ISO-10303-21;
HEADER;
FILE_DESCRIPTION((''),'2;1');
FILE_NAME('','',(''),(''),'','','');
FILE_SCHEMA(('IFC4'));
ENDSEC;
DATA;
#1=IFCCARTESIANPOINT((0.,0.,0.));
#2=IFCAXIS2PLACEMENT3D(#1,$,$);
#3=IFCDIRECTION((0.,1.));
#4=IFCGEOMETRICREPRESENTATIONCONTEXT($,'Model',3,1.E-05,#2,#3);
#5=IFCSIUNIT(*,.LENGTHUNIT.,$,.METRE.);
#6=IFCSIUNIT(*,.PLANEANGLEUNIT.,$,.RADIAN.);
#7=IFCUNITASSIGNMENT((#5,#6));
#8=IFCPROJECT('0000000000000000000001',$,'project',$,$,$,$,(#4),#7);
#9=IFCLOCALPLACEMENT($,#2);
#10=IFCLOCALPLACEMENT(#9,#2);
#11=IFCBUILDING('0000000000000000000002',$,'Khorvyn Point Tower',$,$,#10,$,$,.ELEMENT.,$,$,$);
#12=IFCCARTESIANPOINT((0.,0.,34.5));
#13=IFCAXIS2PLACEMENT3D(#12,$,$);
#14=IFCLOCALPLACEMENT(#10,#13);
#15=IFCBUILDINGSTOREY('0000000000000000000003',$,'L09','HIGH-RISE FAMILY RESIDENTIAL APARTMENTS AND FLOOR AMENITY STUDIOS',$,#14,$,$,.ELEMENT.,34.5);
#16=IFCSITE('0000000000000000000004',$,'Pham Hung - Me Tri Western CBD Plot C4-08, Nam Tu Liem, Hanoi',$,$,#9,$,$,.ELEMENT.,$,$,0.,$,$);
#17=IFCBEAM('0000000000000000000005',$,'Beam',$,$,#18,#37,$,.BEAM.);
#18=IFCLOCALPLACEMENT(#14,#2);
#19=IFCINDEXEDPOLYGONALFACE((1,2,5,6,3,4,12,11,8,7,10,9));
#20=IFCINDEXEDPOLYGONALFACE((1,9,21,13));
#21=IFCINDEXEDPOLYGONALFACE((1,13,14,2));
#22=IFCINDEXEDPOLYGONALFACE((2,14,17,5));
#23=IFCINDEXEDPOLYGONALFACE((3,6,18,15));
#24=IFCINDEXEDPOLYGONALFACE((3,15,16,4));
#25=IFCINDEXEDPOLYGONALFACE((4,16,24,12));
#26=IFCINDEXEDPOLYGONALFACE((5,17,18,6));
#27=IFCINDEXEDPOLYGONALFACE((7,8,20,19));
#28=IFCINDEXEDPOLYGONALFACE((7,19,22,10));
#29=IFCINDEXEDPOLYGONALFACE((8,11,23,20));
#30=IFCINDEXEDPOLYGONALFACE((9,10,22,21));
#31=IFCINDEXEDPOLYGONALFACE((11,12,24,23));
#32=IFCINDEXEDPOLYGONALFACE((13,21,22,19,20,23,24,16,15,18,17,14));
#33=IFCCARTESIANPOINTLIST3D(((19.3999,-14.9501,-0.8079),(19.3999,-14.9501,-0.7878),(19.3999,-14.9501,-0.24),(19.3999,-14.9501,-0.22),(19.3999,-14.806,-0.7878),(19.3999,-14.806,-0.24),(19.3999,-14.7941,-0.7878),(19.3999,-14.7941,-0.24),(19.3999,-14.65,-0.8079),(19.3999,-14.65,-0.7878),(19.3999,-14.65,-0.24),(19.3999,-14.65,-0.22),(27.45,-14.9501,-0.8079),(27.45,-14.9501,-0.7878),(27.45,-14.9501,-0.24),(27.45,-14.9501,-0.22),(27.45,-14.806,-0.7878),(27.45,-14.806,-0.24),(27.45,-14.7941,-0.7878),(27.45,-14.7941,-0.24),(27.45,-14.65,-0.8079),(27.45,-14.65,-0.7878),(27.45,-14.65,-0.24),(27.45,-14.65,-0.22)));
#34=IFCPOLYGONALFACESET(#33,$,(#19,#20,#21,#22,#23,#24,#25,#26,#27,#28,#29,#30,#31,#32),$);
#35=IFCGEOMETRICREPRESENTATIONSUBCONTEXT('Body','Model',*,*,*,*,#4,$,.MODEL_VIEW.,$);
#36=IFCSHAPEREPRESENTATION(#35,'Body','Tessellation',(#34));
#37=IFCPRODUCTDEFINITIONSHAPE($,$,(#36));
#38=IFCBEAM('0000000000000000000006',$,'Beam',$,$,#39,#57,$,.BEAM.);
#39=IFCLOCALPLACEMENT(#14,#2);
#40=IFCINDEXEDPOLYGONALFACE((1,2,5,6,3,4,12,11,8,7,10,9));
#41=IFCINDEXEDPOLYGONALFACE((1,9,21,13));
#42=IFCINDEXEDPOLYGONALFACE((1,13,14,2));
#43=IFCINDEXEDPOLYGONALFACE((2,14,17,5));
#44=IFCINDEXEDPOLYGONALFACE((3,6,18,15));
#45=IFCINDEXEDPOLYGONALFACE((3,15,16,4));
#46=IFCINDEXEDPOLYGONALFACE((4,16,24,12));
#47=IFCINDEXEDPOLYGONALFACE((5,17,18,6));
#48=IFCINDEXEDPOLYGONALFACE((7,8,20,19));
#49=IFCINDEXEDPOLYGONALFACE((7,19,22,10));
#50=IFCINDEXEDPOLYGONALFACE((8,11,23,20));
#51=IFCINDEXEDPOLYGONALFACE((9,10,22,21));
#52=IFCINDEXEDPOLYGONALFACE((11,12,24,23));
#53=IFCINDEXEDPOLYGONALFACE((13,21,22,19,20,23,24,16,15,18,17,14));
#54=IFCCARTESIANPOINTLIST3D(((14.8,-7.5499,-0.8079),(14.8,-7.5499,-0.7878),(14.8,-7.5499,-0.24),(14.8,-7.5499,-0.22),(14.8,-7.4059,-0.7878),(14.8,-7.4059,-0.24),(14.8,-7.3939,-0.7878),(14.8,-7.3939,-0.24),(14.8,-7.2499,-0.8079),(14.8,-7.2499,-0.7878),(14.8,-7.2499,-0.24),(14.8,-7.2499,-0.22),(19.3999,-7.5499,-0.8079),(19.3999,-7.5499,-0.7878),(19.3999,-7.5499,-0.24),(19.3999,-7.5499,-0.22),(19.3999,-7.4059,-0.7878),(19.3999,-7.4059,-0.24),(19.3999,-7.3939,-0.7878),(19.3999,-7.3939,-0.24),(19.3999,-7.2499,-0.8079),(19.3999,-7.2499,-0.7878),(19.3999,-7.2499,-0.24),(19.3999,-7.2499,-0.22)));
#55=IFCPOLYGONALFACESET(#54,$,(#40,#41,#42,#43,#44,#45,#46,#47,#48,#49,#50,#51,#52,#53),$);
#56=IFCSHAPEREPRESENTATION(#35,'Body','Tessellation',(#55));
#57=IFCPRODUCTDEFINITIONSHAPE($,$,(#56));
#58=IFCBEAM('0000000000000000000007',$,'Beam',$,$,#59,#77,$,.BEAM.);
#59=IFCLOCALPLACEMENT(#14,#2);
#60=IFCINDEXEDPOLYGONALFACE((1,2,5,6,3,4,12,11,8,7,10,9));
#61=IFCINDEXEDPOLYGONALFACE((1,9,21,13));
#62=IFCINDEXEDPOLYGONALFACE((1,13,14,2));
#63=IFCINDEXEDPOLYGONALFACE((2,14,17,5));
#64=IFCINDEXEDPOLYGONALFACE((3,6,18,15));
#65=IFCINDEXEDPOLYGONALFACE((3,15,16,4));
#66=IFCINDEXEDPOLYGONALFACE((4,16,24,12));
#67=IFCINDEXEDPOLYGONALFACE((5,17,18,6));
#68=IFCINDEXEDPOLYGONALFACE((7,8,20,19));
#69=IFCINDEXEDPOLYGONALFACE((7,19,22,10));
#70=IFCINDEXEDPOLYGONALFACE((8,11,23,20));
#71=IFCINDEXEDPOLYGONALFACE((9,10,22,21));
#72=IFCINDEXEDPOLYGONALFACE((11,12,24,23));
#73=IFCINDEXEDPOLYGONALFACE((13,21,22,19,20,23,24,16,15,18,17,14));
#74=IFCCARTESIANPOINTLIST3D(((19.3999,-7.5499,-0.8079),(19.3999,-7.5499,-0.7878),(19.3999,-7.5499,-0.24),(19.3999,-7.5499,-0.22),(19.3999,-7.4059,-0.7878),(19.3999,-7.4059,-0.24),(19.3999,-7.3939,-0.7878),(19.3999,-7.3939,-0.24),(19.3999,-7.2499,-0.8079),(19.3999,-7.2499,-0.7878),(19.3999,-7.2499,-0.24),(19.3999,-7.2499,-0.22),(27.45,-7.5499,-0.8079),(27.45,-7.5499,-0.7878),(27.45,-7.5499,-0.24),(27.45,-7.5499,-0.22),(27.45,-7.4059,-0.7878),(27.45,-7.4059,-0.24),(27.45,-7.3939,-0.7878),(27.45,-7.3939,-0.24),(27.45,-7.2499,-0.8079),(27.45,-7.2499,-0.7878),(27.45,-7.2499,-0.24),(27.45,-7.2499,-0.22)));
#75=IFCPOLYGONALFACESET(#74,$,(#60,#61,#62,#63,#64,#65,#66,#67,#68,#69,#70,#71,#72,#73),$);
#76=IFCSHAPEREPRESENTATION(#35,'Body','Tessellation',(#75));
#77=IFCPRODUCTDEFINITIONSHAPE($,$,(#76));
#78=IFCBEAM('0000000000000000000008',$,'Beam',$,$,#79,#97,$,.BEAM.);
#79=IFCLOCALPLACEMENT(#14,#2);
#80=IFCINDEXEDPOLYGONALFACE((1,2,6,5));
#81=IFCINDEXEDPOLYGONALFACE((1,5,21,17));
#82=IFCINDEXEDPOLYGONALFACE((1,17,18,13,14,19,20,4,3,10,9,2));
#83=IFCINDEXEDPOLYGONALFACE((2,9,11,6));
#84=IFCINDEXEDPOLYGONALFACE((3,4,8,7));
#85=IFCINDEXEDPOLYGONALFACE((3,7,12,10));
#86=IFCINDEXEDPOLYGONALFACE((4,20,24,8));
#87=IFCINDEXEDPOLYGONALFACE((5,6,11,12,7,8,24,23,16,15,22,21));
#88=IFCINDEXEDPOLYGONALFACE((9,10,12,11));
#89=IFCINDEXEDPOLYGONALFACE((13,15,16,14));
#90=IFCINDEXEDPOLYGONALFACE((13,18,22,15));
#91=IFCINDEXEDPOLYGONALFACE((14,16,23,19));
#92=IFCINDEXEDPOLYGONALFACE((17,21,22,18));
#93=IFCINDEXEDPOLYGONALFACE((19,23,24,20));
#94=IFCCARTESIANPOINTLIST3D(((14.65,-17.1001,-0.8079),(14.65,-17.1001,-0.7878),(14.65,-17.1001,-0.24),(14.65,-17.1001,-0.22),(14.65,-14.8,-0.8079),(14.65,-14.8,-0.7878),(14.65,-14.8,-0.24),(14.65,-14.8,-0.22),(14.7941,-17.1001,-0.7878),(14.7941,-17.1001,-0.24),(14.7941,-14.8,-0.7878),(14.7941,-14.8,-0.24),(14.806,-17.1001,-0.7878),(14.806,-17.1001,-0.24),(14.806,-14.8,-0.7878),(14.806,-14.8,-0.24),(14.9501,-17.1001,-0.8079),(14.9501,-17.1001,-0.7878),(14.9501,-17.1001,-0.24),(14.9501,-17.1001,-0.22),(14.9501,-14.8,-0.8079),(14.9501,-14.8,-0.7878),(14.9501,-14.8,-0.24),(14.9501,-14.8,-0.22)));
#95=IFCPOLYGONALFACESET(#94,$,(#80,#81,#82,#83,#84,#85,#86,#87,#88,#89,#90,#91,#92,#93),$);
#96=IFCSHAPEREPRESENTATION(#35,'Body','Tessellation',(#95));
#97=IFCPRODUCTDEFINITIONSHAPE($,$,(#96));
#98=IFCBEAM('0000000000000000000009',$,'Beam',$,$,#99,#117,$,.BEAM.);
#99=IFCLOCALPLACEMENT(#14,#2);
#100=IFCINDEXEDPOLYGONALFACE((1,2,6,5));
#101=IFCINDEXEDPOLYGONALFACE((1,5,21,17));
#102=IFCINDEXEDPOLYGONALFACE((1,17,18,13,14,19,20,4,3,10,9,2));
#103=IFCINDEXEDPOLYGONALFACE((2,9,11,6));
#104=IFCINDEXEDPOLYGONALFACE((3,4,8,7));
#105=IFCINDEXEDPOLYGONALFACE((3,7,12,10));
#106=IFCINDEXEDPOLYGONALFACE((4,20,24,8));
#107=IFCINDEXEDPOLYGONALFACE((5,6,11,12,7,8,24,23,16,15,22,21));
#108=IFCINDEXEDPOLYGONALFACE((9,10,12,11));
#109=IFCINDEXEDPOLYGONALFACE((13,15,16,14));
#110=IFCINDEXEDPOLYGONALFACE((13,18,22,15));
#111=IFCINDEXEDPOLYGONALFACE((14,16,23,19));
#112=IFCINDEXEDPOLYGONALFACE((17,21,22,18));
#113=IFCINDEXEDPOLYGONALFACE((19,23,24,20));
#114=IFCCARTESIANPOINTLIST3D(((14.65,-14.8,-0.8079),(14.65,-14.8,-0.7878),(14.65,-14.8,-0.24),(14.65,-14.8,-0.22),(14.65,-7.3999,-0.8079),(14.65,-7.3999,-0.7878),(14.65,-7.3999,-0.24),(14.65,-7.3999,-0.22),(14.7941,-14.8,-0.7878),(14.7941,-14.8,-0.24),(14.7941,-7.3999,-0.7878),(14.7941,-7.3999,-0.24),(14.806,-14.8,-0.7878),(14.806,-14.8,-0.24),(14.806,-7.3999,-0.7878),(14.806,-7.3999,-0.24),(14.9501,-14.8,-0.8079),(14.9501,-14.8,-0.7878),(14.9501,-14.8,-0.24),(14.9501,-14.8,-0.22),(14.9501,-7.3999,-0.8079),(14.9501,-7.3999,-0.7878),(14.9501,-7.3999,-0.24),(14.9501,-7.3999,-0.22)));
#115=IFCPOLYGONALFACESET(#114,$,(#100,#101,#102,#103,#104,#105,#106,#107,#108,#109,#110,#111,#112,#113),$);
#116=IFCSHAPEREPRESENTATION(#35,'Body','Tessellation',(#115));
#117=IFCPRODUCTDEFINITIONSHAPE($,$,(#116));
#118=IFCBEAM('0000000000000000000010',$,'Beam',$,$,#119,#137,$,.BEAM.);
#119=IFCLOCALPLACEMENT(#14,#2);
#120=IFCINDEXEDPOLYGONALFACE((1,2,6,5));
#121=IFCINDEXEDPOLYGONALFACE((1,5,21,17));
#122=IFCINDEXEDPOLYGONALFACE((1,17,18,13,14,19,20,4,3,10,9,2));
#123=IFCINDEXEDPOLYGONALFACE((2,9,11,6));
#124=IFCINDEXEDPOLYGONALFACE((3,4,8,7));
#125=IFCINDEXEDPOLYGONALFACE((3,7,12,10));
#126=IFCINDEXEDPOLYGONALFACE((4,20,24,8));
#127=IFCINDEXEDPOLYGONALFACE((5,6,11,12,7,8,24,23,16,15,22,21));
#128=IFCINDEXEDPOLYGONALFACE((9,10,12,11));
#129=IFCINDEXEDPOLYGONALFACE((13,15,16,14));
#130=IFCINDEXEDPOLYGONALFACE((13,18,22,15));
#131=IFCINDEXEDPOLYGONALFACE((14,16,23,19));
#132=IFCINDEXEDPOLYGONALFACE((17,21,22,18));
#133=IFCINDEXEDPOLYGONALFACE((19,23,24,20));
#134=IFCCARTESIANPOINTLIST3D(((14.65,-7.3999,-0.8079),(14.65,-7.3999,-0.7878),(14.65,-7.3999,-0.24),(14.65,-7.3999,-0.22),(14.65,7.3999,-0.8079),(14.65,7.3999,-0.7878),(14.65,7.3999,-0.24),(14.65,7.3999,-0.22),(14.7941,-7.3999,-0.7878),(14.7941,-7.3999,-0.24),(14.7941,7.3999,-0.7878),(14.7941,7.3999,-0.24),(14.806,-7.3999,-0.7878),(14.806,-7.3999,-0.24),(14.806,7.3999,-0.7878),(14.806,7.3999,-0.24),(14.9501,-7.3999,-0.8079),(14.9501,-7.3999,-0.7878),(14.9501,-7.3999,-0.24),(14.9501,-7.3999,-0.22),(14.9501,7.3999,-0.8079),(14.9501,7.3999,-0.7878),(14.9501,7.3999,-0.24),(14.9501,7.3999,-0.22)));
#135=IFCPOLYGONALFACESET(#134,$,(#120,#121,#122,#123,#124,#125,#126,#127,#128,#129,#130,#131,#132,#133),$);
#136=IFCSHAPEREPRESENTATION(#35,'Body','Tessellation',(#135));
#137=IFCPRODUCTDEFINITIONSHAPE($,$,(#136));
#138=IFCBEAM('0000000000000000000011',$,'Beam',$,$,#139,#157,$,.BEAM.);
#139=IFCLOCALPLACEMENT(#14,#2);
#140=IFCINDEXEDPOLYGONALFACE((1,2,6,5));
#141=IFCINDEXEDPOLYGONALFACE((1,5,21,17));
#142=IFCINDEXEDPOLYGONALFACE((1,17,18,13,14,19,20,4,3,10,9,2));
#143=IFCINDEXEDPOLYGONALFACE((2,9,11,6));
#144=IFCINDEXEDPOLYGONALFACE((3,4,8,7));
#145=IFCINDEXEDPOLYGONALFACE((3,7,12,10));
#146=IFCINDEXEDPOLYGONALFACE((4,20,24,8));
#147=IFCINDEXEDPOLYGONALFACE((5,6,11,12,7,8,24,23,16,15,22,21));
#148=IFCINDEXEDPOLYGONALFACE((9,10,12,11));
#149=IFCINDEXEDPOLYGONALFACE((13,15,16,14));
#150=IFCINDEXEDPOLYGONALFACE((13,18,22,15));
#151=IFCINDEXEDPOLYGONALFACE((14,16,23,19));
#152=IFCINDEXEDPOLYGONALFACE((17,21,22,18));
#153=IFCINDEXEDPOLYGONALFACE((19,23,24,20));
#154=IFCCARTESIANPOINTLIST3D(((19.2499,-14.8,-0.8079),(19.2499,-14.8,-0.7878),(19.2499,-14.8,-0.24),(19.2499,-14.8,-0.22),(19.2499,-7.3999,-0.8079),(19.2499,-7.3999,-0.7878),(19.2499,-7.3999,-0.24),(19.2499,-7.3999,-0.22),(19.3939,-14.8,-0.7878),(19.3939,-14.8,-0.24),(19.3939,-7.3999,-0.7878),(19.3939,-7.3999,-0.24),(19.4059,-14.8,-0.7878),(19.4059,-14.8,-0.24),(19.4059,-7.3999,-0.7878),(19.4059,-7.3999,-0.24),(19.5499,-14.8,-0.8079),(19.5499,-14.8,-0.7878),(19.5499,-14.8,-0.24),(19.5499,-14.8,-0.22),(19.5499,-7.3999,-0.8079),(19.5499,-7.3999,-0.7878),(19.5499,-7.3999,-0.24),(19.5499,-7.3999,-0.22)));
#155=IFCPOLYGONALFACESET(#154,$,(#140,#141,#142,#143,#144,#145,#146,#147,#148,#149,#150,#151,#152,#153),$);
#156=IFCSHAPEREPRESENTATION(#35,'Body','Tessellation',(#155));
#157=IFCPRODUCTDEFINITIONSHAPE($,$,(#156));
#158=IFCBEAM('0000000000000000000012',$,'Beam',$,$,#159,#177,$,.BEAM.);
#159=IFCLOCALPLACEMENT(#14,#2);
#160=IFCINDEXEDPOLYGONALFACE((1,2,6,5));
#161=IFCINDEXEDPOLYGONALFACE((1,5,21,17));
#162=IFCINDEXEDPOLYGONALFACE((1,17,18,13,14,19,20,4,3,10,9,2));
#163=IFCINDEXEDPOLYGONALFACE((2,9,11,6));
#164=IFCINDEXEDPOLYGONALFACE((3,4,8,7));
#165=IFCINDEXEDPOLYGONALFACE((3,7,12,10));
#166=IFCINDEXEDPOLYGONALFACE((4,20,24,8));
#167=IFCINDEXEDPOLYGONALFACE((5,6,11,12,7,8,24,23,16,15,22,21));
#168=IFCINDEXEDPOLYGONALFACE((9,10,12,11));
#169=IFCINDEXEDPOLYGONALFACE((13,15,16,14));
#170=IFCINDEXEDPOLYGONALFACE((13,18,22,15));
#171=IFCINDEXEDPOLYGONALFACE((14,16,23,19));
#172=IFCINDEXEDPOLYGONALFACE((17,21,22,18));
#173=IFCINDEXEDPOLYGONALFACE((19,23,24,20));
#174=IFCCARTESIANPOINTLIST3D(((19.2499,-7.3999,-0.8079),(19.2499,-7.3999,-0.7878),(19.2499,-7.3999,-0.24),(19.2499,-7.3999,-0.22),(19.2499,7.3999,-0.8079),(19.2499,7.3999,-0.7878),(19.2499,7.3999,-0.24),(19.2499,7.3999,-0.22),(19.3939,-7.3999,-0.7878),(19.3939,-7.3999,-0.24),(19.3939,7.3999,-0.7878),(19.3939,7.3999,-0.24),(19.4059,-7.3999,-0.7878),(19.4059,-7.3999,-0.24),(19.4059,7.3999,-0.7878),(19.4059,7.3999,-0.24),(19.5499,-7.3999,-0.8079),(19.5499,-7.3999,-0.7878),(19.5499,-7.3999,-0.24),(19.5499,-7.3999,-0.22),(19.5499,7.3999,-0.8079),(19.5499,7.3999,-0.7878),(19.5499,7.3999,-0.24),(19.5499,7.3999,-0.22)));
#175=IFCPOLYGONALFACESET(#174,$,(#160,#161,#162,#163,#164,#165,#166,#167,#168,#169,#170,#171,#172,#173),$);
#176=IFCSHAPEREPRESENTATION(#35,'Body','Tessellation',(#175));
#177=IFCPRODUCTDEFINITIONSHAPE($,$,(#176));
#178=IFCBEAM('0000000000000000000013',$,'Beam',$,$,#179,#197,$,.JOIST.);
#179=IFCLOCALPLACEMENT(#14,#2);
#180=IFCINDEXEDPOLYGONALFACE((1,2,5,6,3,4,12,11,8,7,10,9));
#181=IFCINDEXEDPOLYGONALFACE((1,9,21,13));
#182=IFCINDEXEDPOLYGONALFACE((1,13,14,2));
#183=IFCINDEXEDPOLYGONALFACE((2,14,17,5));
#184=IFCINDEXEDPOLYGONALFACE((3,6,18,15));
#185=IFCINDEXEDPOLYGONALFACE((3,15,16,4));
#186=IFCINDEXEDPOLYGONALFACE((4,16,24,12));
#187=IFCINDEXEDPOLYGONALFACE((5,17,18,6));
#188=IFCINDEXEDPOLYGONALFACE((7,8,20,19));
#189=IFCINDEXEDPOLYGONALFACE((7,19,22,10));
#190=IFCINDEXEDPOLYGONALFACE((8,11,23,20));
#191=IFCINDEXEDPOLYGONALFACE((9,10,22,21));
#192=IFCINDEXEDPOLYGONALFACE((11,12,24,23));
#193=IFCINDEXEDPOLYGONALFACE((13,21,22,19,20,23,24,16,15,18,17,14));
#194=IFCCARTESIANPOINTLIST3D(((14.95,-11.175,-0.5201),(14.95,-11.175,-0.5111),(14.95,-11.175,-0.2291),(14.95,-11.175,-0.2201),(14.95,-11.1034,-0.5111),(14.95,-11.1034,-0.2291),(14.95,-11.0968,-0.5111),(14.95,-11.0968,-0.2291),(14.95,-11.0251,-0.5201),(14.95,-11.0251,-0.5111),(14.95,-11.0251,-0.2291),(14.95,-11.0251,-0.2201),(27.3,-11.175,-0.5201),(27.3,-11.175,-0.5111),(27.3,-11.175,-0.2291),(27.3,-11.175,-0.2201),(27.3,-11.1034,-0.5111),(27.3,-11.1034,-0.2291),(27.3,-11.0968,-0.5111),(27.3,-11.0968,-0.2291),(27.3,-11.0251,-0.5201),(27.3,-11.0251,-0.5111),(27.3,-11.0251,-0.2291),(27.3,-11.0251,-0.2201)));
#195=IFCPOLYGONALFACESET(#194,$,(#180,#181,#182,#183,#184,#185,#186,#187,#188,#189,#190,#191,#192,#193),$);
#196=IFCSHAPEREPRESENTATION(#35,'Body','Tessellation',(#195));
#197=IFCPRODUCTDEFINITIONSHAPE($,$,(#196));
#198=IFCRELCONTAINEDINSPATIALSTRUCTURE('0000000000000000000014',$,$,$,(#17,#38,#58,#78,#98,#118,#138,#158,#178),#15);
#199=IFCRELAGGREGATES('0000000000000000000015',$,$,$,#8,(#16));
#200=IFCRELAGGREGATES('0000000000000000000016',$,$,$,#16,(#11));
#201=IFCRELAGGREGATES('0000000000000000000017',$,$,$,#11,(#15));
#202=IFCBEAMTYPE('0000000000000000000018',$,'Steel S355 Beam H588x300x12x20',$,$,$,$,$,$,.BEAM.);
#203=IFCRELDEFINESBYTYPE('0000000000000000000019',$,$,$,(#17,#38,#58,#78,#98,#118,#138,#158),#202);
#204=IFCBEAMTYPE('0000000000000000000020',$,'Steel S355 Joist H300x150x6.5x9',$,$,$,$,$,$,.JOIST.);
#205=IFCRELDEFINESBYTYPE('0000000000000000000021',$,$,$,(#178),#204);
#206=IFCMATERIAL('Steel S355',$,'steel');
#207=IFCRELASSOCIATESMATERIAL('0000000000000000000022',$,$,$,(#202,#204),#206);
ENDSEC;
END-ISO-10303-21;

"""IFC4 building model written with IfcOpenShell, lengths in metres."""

from ifc_helpers import new_model, si_unit, direction, frame, origin, origin_2d, place, context, subcontext, project, spatial, i_section, extrude, material, material_profile, profile_set, type_object, element, save


model = new_model("IFC4")

# Units and contexts
model_context = context("Model", 3, precision=1e-05, world=origin(), true_north=direction((0.0, 1.0)))
body_context = subcontext(model_context, "Body", "Model", "MODEL_VIEW")
ifc_project = project(units=[si_unit("LENGTHUNIT", "METRE"), si_unit("PLANEANGLEUNIT", "RADIAN")], contexts=[model_context])

# Site, building, storey
site_placement = place(None, origin())
site = spatial("IfcSite", under=ifc_project, at=site_placement, Name="Pham Hung - Me Tri Western CBD Plot C4-08, Nam Tu Liem, Hanoi", CompositionType="ELEMENT", RefElevation=0.0)
building_placement = place(site_placement, origin())
building = spatial("IfcBuilding", under=site, at=building_placement, Name="Khorvyn Point Tower", CompositionType="ELEMENT")
storey_placement = place(building_placement, frame((0.0, 0.0, 34.5)))
storey = spatial("IfcBuildingStorey", under=building, at=storey_placement, Name="L09", Description="HIGH-RISE FAMILY RESIDENTIAL APARTMENTS AND FLOOR AMENITY STUDIOS", CompositionType="ELEMENT", Elevation=34.5)

# Beams
ifc_material_1 = material(Name="Steel S355", Category="steel")
ifc_material_profile_1 = material_profile(ifc_material_1, i_section(OverallWidth=0.3, OverallDepth=0.5879, WebThickness=0.012, FlangeThickness=0.02, at=origin_2d()))
ifc_profile_set_1 = profile_set([ifc_material_profile_1], Name="Steel S355 H588x300x12x20")
beam_type_1 = type_object("IfcBeamType", Name="Steel S355 Beam H588x300x12x20", PredefinedType="BEAM", material=ifc_profile_set_1)
beam_1_placement = place(storey_placement, frame((19.3999, -14.8, -0.5139), z_axis=(1.0, 0.0, 0.0), x_axis=(0.0, 1.0, 0.0)))
element("IfcBeam", 1, at=beam_1_placement, inside=storey, type_object=beam_type_1, Name="Beam", PredefinedType="BEAM", context=body_context, shape_type="SweptSolid", body=[
    extrude(i_section(OverallWidth=0.3, OverallDepth=0.5879, WebThickness=0.012, FlangeThickness=0.02, at=origin_2d()), origin(), (0.0, 0.0, 1.0), 8.05),
])
beam_2_placement = place(storey_placement, frame((14.8, -7.3999, -0.5139), z_axis=(1.0, 0.0, 0.0), x_axis=(0.0, 1.0, 0.0)))
element("IfcBeam", 2, at=beam_2_placement, inside=storey, type_object=beam_type_1, Name="Beam", PredefinedType="BEAM", context=body_context, shape_type="SweptSolid", body=[
    extrude(i_section(OverallWidth=0.3, OverallDepth=0.5879, WebThickness=0.012, FlangeThickness=0.02, at=origin_2d()), origin(), (0.0, 0.0, 1.0), 4.5999),
])
beam_3_placement = place(storey_placement, frame((19.3999, -7.3999, -0.5139), z_axis=(1.0, 0.0, 0.0), x_axis=(0.0, 1.0, 0.0)))
element("IfcBeam", 3, at=beam_3_placement, inside=storey, type_object=beam_type_1, Name="Beam", PredefinedType="BEAM", context=body_context, shape_type="SweptSolid", body=[
    extrude(i_section(OverallWidth=0.3, OverallDepth=0.5879, WebThickness=0.012, FlangeThickness=0.02, at=origin_2d()), origin(), (0.0, 0.0, 1.0), 8.05),
])
beam_4_placement = place(storey_placement, frame((14.8, -17.1001, -0.5139), z_axis=(0.0, 1.0, 0.0), x_axis=(-1.0, 0.0, 0.0)))
element("IfcBeam", 4, at=beam_4_placement, inside=storey, type_object=beam_type_1, Name="Beam", PredefinedType="BEAM", context=body_context, shape_type="SweptSolid", body=[
    extrude(i_section(OverallWidth=0.3, OverallDepth=0.5879, WebThickness=0.012, FlangeThickness=0.02, at=origin_2d()), origin(), (0.0, 0.0, 1.0), 2.3),
])
beam_5_placement = place(storey_placement, frame((14.8, -14.8, -0.5139), z_axis=(0.0, 1.0, 0.0), x_axis=(-1.0, 0.0, 0.0)))
element("IfcBeam", 5, at=beam_5_placement, inside=storey, type_object=beam_type_1, Name="Beam", PredefinedType="BEAM", context=body_context, shape_type="SweptSolid", body=[
    extrude(i_section(OverallWidth=0.3, OverallDepth=0.5879, WebThickness=0.012, FlangeThickness=0.02, at=origin_2d()), origin(), (0.0, 0.0, 1.0), 7.4001),
])
beam_6_placement = place(storey_placement, frame((14.8, -7.3999, -0.5139), z_axis=(0.0, 1.0, 0.0), x_axis=(-1.0, 0.0, 0.0)))
element("IfcBeam", 6, at=beam_6_placement, inside=storey, type_object=beam_type_1, Name="Beam", PredefinedType="BEAM", context=body_context, shape_type="SweptSolid", body=[
    extrude(i_section(OverallWidth=0.3, OverallDepth=0.5879, WebThickness=0.012, FlangeThickness=0.02, at=origin_2d()), origin(), (0.0, 0.0, 1.0), 14.7998),
])
beam_7_placement = place(storey_placement, frame((19.3999, -14.8, -0.5139), z_axis=(0.0, 1.0, 0.0), x_axis=(-1.0, 0.0, 0.0)))
element("IfcBeam", 7, at=beam_7_placement, inside=storey, type_object=beam_type_1, Name="Beam", PredefinedType="BEAM", context=body_context, shape_type="SweptSolid", body=[
    extrude(i_section(OverallWidth=0.3, OverallDepth=0.5879, WebThickness=0.012, FlangeThickness=0.02, at=origin_2d()), origin(), (0.0, 0.0, 1.0), 7.4001),
])
beam_8_placement = place(storey_placement, frame((19.3999, -7.3999, -0.5139), z_axis=(0.0, 1.0, 0.0), x_axis=(-1.0, 0.0, 0.0)))
element("IfcBeam", 8, at=beam_8_placement, inside=storey, type_object=beam_type_1, Name="Beam", PredefinedType="BEAM", context=body_context, shape_type="SweptSolid", body=[
    extrude(i_section(OverallWidth=0.3, OverallDepth=0.5879, WebThickness=0.012, FlangeThickness=0.02, at=origin_2d()), origin(), (0.0, 0.0, 1.0), 14.7998),
])
ifc_material_profile_2 = material_profile(ifc_material_1, i_section(OverallWidth=0.1499, OverallDepth=0.3, WebThickness=0.0066, FlangeThickness=0.009, at=origin_2d()))
ifc_profile_set_2 = profile_set([ifc_material_profile_2], Name="Steel S355 H300x150x6.5x9")
beam_type_2 = type_object("IfcBeamType", Name="Steel S355 Joist H300x150x6.5x9", PredefinedType="JOIST", material=ifc_profile_set_2)
beam_9_placement = place(storey_placement, frame((14.95, -11.1001, -0.3701), z_axis=(1.0, 0.0, 0.0), x_axis=(0.0, 1.0, 0.0)))
element("IfcBeam", 9, at=beam_9_placement, inside=storey, type_object=beam_type_2, Name="Beam", PredefinedType="JOIST", context=body_context, shape_type="SweptSolid", body=[
    extrude(i_section(OverallWidth=0.1499, OverallDepth=0.3, WebThickness=0.0066, FlangeThickness=0.009, at=origin_2d()), origin(), (0.0, 0.0, 1.0), 12.3501),
])

save(model, "model.ifc")
